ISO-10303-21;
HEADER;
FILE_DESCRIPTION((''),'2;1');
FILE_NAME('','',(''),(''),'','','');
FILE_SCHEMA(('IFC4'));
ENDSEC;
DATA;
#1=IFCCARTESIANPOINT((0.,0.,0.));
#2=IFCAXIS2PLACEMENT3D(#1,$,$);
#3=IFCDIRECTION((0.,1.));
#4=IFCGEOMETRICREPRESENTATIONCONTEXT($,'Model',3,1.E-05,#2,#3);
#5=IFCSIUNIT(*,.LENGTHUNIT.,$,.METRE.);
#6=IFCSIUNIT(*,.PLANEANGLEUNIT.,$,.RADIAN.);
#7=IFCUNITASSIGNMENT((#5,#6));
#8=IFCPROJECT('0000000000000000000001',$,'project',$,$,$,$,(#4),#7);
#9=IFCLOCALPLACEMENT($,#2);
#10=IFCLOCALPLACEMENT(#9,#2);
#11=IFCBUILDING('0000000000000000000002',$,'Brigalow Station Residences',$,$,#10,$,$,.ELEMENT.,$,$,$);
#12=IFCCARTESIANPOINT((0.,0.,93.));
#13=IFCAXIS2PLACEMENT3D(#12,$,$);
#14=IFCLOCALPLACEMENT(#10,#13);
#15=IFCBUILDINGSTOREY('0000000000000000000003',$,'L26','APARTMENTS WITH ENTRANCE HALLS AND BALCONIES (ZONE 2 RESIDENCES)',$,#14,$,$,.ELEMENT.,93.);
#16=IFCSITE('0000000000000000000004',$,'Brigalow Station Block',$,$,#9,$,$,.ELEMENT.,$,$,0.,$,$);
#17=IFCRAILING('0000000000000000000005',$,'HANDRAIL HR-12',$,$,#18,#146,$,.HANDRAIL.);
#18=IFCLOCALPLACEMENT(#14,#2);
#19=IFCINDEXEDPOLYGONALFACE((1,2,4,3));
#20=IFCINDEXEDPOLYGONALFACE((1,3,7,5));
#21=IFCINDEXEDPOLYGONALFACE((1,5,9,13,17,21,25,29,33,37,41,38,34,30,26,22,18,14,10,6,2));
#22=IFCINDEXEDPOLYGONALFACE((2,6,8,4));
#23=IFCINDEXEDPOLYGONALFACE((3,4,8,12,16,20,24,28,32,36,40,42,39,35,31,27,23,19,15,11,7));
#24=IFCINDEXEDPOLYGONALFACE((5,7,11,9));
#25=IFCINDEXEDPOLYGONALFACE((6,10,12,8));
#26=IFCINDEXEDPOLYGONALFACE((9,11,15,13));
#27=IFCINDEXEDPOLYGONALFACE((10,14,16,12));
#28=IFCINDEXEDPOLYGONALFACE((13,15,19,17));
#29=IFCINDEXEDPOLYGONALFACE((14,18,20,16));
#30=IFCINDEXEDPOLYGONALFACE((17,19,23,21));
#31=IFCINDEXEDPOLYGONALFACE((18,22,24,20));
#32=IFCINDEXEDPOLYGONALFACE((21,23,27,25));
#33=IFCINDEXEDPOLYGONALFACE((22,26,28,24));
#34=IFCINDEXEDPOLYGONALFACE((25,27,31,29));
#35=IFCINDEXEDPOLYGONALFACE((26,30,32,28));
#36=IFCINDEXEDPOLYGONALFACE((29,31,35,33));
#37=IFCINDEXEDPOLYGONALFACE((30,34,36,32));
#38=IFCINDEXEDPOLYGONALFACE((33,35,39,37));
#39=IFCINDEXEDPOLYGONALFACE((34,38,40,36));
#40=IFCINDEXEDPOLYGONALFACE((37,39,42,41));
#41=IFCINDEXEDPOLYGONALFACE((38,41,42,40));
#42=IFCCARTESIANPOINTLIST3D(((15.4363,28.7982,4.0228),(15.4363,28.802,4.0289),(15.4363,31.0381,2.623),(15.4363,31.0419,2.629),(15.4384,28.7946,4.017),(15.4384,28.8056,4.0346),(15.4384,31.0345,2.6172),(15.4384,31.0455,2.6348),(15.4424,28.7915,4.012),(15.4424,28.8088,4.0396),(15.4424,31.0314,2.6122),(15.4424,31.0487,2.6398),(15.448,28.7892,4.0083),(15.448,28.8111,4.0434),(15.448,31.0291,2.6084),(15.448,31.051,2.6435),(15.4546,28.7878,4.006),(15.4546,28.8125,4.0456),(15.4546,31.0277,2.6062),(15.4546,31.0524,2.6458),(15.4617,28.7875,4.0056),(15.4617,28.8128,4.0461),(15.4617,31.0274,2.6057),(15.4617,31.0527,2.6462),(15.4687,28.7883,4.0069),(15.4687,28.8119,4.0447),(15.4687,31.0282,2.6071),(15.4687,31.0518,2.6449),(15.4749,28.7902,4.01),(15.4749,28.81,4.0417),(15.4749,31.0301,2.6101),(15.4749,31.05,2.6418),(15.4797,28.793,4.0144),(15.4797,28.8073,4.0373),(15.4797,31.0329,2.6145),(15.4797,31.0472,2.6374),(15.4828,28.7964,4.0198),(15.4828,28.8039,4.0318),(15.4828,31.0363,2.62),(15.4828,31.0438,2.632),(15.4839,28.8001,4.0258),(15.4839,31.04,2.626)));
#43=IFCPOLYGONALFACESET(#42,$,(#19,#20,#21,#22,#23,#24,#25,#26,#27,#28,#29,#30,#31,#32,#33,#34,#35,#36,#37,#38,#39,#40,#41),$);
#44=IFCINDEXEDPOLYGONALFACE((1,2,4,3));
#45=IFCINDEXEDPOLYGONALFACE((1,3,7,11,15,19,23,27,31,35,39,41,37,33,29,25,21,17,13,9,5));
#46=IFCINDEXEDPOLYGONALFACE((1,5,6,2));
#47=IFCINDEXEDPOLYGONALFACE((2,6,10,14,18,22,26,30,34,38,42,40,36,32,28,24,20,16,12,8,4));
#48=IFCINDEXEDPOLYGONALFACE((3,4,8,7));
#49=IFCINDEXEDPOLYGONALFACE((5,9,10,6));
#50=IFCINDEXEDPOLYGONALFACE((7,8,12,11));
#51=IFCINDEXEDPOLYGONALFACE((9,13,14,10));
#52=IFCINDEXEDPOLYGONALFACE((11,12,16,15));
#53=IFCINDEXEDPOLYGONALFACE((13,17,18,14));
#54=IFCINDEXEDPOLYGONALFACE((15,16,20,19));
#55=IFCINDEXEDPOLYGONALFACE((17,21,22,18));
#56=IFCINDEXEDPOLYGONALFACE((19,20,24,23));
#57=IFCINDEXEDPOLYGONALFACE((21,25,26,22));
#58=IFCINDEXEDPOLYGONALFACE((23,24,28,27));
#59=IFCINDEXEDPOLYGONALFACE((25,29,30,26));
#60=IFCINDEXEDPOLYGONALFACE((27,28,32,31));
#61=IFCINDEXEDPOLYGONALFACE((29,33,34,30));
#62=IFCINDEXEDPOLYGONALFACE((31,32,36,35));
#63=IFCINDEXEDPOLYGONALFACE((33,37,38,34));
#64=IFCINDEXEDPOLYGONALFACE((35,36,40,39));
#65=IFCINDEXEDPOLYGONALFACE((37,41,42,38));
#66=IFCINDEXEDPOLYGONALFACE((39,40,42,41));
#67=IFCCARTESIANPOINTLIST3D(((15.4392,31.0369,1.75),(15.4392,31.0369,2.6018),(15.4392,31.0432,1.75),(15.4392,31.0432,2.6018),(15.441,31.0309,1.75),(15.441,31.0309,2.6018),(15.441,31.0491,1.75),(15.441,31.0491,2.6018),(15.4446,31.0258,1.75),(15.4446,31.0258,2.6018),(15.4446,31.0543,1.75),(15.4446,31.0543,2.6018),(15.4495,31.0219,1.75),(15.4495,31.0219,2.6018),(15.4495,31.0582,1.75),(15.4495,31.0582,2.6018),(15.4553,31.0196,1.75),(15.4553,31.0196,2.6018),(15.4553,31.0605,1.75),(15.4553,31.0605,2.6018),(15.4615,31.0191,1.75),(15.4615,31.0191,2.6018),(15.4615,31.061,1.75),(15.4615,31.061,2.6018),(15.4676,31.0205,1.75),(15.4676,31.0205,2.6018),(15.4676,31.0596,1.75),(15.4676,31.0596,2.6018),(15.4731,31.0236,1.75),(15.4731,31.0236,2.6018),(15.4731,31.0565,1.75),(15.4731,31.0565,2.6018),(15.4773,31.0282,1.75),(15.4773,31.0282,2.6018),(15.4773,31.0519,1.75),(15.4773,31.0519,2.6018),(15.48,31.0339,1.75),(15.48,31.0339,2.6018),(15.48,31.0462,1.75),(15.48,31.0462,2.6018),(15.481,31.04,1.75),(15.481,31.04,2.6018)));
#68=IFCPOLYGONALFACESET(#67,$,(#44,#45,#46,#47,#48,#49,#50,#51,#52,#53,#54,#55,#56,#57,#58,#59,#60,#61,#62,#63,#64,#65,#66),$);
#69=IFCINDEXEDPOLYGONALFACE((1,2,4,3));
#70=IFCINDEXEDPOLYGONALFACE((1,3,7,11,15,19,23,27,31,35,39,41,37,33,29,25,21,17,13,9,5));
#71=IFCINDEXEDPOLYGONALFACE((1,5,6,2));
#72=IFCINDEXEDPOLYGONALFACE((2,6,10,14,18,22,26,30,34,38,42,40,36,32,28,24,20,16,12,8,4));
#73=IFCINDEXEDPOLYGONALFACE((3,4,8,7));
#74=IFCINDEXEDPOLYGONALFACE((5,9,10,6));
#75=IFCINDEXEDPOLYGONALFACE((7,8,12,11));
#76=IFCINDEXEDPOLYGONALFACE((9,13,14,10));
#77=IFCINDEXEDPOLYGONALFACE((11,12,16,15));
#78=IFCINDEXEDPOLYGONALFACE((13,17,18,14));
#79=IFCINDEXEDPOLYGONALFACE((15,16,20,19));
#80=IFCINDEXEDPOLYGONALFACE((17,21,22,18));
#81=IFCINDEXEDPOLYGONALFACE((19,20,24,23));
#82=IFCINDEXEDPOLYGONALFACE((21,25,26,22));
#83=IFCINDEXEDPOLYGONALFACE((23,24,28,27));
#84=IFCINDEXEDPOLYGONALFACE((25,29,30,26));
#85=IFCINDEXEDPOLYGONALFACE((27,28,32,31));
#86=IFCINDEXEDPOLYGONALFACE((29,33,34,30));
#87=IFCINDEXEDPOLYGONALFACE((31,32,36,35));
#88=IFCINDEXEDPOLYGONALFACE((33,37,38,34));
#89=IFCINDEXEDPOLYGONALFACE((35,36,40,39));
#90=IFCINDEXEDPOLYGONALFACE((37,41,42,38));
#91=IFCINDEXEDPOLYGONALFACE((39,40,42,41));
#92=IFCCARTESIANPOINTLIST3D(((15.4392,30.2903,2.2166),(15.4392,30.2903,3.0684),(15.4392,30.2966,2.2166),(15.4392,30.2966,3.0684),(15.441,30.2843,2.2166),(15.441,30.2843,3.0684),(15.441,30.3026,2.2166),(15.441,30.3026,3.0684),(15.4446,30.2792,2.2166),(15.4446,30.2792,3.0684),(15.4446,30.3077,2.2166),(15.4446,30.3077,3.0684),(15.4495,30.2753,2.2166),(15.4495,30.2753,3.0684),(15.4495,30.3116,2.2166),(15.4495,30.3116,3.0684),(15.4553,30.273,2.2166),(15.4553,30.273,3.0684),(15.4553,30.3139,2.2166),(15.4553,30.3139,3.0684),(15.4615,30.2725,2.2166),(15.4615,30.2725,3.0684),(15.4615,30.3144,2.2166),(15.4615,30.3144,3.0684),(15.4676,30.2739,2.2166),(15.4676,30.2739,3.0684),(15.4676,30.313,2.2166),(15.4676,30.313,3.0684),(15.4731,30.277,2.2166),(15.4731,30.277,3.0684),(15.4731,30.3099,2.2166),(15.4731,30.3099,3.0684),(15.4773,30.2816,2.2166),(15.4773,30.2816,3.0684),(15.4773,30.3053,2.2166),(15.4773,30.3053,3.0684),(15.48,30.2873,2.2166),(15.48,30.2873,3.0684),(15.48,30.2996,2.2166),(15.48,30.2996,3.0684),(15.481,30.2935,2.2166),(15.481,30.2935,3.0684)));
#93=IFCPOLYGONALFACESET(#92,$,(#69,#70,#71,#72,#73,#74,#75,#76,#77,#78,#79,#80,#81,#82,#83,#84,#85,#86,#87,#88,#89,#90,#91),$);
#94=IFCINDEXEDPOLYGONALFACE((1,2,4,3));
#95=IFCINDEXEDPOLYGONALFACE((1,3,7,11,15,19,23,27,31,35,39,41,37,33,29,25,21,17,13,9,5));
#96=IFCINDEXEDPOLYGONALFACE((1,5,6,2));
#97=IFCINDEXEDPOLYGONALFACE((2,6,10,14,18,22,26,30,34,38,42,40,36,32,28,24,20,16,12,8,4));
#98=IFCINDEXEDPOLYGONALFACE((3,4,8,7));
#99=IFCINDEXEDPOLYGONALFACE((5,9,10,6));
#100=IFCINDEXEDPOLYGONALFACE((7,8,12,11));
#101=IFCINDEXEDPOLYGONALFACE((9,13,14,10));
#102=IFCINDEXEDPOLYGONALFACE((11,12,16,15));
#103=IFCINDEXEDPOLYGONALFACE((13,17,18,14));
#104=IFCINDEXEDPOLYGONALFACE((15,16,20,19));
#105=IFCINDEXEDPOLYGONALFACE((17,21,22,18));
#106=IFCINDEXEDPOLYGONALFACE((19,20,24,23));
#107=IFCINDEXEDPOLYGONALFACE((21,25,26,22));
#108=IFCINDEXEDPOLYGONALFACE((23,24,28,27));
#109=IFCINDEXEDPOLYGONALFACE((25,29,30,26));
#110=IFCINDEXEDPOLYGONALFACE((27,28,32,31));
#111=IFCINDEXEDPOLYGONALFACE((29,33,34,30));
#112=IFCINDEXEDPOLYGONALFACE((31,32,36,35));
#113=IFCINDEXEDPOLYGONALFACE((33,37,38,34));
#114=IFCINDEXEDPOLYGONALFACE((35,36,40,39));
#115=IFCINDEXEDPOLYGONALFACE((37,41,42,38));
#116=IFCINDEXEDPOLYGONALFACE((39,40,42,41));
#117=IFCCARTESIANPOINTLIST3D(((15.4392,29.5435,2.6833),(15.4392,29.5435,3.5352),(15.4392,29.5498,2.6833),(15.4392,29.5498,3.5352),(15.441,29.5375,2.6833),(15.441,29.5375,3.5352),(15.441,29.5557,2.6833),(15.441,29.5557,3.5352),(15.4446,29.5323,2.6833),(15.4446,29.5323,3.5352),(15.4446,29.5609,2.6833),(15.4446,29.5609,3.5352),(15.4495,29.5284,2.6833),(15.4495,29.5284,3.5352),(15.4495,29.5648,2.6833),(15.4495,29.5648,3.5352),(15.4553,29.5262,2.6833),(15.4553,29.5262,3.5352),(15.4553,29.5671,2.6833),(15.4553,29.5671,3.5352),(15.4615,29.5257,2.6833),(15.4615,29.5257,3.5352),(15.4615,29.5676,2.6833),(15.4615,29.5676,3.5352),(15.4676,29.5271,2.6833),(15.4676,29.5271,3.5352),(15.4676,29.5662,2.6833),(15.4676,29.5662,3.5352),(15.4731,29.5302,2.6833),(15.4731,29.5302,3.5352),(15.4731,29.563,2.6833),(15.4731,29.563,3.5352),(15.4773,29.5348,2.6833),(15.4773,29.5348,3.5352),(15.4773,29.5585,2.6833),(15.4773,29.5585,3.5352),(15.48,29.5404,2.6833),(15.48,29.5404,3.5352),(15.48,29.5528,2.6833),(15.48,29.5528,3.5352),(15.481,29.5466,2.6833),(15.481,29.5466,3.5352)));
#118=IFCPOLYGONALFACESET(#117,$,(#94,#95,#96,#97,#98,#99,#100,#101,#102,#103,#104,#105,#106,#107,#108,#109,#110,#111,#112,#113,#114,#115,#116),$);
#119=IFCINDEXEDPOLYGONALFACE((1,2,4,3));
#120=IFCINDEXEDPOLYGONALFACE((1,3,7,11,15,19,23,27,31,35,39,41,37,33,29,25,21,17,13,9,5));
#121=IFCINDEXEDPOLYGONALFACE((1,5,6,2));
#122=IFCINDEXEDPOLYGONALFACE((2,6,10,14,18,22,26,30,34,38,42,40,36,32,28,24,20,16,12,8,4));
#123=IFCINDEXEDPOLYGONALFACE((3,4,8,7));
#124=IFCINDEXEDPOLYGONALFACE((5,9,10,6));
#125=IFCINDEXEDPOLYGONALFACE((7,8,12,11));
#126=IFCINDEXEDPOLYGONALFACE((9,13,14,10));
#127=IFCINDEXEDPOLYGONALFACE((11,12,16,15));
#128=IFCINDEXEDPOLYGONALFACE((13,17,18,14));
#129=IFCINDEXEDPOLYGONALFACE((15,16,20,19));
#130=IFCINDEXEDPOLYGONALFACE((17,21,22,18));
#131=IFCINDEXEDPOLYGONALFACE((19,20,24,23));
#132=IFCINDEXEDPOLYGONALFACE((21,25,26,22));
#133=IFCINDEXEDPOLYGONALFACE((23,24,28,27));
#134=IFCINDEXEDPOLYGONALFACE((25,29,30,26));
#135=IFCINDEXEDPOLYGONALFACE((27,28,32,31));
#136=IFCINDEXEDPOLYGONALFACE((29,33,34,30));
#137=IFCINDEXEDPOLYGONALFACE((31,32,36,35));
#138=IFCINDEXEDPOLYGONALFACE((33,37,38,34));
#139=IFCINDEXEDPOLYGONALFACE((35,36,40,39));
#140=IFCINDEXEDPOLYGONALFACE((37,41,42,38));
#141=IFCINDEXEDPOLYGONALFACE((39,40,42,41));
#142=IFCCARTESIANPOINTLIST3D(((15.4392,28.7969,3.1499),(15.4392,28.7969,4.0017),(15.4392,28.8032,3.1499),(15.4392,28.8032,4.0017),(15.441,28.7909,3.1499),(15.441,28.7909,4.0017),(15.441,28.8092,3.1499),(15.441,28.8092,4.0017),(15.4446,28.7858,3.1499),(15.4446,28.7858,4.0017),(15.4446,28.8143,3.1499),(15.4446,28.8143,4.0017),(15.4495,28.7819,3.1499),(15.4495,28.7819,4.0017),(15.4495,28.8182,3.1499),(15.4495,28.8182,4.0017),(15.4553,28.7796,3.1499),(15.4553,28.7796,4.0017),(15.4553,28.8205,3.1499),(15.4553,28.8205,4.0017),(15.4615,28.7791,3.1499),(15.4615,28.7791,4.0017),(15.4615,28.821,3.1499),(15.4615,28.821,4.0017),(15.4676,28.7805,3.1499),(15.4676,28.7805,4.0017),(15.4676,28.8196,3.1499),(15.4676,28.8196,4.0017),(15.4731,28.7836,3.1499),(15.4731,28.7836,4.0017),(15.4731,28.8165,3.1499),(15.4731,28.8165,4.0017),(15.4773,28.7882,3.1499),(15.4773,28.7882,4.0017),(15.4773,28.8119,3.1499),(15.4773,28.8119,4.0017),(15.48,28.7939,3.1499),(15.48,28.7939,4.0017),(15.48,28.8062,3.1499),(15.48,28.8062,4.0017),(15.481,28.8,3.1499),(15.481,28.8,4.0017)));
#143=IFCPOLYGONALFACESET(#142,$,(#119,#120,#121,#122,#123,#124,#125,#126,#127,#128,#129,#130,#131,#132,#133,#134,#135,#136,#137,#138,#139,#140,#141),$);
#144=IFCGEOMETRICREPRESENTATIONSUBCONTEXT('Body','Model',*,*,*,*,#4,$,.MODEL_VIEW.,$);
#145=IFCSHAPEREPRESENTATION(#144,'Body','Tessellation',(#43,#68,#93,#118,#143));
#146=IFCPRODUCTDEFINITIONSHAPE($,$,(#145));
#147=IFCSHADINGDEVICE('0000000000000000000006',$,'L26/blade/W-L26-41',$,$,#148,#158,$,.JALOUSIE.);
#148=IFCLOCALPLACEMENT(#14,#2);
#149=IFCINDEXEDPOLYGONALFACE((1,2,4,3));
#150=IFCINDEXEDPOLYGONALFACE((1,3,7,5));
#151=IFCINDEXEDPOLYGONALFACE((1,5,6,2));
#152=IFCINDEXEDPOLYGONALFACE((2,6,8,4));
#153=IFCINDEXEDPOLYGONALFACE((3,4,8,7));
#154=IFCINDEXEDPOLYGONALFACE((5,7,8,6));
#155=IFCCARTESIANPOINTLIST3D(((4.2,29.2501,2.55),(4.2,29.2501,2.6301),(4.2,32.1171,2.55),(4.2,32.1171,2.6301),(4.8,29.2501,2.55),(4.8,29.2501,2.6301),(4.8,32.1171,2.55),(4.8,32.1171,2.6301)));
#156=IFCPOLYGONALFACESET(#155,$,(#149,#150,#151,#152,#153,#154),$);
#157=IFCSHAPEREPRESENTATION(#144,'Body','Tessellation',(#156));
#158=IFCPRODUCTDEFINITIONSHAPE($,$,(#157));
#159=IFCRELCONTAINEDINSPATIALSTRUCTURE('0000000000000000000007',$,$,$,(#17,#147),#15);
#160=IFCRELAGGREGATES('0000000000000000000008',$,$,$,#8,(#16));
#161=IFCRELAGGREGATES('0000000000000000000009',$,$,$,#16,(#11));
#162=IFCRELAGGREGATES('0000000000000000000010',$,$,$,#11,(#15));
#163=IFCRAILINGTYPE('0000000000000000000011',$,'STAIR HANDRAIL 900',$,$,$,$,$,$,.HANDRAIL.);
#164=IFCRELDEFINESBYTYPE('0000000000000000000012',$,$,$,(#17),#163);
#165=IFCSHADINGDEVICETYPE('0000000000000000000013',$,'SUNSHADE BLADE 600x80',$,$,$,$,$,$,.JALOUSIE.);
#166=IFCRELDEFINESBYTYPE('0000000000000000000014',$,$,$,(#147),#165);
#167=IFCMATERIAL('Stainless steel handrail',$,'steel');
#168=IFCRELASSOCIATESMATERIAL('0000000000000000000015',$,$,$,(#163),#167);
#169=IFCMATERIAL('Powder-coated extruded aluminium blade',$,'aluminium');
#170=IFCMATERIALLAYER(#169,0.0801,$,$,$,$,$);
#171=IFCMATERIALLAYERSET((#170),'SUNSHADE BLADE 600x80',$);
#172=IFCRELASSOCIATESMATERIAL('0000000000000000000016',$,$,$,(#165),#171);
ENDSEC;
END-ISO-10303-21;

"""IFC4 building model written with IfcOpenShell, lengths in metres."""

from ifc_helpers import new_model, si_unit, direction, frame, origin, origin_2d, place, context, subcontext, project, spatial, rectangle, circle, extrude, material, layer, layer_set, type_object, element, save


model = new_model("IFC4")

# Units and contexts
model_context = context("Model", 3, precision=1e-05, world=origin(), true_north=direction((0.0, 1.0)))
body_context = subcontext(model_context, "Body", "Model", "MODEL_VIEW")
ifc_project = project(units=[si_unit("LENGTHUNIT", "METRE"), si_unit("PLANEANGLEUNIT", "RADIAN")], contexts=[model_context])

# Site, building, storey
site_placement = place(None, origin())
site = spatial("IfcSite", under=ifc_project, at=site_placement, Name="Brigalow Station Block", CompositionType="ELEMENT", RefElevation=0.0)
building_placement = place(site_placement, origin())
building = spatial("IfcBuilding", under=site, at=building_placement, Name="Brigalow Station Residences", CompositionType="ELEMENT")
storey_placement = place(building_placement, frame((0.0, 0.0, 93.0)))
storey = spatial("IfcBuildingStorey", under=building, at=storey_placement, Name="L26", Description="APARTMENTS WITH ENTRANCE HALLS AND BALCONIES (ZONE 2 RESIDENCES)", CompositionType="ELEMENT", Elevation=93.0)

# Railing
ifc_material_1 = material(Name="Stainless steel handrail", Category="steel")
railing_type_1 = type_object("IfcRailingType", Name="STAIR HANDRAIL 900", PredefinedType="HANDRAIL", material=ifc_material_1)
railing_1_placement = place(storey_placement, frame((15.46, 31.04, 1.75)))
element("IfcRailing", 1, at=railing_1_placement, inside=storey, type_object=railing_type_1, Name="HANDRAIL HR-12", PredefinedType="HANDRAIL", context=body_context, shape_type="SweptSolid", body=[
    extrude(circle(Radius=0.0239, at=origin_2d()), frame((0.0, 0.0, 0.876), z_axis=(0.0, -0.848014, 0.529974), x_axis=(1.0, 0.0, 0.0)), (0.0, 0.0, 1.0), 2.6414),
    extrude(circle(Radius=0.021, at=origin_2d()), origin(), (0.0, 0.0, 1.0), 0.8518),
    extrude(circle(Radius=0.021, at=origin_2d()), frame((0.0, -0.7466, 0.4666)), (0.0, 0.0, 1.0), 0.8518),
    extrude(circle(Radius=0.021, at=origin_2d()), frame((0.0, -1.4934, 0.9333)), (0.0, 0.0, 1.0), 0.8518),
    extrude(circle(Radius=0.021, at=origin_2d()), frame((0.0, -2.24, 1.3999)), (0.0, 0.0, 1.0), 0.8518),
])

# Shading device
ifc_material_2 = material(Name="Powder-coated extruded aluminium blade", Category="aluminium")
ifc_layer_1 = layer(ifc_material_2, 0.0801)
ifc_layer_set_1 = layer_set([ifc_layer_1], Name="SUNSHADE BLADE 600x80")
shading_device_type = type_object("IfcShadingDeviceType", Name="SUNSHADE BLADE 600x80", PredefinedType="JALOUSIE", material=ifc_layer_set_1)
shading_device_placement = place(storey_placement, frame((4.5, 30.6836, 2.55), z_axis=(0.0, 0.0, 1.0), x_axis=(0.0, -1.0, 0.0)))
element("IfcShadingDevice", 2, at=shading_device_placement, inside=storey, type_object=shading_device_type, Name="L26/blade/W-L26-41", PredefinedType="JALOUSIE", context=body_context, shape_type="SweptSolid", body=[
    extrude(rectangle(XDim=2.8669, YDim=0.6001, at=origin_2d()), origin(), (0.0, 0.0, 1.0), 0.0801),
])

save(model, "model.ifc")
